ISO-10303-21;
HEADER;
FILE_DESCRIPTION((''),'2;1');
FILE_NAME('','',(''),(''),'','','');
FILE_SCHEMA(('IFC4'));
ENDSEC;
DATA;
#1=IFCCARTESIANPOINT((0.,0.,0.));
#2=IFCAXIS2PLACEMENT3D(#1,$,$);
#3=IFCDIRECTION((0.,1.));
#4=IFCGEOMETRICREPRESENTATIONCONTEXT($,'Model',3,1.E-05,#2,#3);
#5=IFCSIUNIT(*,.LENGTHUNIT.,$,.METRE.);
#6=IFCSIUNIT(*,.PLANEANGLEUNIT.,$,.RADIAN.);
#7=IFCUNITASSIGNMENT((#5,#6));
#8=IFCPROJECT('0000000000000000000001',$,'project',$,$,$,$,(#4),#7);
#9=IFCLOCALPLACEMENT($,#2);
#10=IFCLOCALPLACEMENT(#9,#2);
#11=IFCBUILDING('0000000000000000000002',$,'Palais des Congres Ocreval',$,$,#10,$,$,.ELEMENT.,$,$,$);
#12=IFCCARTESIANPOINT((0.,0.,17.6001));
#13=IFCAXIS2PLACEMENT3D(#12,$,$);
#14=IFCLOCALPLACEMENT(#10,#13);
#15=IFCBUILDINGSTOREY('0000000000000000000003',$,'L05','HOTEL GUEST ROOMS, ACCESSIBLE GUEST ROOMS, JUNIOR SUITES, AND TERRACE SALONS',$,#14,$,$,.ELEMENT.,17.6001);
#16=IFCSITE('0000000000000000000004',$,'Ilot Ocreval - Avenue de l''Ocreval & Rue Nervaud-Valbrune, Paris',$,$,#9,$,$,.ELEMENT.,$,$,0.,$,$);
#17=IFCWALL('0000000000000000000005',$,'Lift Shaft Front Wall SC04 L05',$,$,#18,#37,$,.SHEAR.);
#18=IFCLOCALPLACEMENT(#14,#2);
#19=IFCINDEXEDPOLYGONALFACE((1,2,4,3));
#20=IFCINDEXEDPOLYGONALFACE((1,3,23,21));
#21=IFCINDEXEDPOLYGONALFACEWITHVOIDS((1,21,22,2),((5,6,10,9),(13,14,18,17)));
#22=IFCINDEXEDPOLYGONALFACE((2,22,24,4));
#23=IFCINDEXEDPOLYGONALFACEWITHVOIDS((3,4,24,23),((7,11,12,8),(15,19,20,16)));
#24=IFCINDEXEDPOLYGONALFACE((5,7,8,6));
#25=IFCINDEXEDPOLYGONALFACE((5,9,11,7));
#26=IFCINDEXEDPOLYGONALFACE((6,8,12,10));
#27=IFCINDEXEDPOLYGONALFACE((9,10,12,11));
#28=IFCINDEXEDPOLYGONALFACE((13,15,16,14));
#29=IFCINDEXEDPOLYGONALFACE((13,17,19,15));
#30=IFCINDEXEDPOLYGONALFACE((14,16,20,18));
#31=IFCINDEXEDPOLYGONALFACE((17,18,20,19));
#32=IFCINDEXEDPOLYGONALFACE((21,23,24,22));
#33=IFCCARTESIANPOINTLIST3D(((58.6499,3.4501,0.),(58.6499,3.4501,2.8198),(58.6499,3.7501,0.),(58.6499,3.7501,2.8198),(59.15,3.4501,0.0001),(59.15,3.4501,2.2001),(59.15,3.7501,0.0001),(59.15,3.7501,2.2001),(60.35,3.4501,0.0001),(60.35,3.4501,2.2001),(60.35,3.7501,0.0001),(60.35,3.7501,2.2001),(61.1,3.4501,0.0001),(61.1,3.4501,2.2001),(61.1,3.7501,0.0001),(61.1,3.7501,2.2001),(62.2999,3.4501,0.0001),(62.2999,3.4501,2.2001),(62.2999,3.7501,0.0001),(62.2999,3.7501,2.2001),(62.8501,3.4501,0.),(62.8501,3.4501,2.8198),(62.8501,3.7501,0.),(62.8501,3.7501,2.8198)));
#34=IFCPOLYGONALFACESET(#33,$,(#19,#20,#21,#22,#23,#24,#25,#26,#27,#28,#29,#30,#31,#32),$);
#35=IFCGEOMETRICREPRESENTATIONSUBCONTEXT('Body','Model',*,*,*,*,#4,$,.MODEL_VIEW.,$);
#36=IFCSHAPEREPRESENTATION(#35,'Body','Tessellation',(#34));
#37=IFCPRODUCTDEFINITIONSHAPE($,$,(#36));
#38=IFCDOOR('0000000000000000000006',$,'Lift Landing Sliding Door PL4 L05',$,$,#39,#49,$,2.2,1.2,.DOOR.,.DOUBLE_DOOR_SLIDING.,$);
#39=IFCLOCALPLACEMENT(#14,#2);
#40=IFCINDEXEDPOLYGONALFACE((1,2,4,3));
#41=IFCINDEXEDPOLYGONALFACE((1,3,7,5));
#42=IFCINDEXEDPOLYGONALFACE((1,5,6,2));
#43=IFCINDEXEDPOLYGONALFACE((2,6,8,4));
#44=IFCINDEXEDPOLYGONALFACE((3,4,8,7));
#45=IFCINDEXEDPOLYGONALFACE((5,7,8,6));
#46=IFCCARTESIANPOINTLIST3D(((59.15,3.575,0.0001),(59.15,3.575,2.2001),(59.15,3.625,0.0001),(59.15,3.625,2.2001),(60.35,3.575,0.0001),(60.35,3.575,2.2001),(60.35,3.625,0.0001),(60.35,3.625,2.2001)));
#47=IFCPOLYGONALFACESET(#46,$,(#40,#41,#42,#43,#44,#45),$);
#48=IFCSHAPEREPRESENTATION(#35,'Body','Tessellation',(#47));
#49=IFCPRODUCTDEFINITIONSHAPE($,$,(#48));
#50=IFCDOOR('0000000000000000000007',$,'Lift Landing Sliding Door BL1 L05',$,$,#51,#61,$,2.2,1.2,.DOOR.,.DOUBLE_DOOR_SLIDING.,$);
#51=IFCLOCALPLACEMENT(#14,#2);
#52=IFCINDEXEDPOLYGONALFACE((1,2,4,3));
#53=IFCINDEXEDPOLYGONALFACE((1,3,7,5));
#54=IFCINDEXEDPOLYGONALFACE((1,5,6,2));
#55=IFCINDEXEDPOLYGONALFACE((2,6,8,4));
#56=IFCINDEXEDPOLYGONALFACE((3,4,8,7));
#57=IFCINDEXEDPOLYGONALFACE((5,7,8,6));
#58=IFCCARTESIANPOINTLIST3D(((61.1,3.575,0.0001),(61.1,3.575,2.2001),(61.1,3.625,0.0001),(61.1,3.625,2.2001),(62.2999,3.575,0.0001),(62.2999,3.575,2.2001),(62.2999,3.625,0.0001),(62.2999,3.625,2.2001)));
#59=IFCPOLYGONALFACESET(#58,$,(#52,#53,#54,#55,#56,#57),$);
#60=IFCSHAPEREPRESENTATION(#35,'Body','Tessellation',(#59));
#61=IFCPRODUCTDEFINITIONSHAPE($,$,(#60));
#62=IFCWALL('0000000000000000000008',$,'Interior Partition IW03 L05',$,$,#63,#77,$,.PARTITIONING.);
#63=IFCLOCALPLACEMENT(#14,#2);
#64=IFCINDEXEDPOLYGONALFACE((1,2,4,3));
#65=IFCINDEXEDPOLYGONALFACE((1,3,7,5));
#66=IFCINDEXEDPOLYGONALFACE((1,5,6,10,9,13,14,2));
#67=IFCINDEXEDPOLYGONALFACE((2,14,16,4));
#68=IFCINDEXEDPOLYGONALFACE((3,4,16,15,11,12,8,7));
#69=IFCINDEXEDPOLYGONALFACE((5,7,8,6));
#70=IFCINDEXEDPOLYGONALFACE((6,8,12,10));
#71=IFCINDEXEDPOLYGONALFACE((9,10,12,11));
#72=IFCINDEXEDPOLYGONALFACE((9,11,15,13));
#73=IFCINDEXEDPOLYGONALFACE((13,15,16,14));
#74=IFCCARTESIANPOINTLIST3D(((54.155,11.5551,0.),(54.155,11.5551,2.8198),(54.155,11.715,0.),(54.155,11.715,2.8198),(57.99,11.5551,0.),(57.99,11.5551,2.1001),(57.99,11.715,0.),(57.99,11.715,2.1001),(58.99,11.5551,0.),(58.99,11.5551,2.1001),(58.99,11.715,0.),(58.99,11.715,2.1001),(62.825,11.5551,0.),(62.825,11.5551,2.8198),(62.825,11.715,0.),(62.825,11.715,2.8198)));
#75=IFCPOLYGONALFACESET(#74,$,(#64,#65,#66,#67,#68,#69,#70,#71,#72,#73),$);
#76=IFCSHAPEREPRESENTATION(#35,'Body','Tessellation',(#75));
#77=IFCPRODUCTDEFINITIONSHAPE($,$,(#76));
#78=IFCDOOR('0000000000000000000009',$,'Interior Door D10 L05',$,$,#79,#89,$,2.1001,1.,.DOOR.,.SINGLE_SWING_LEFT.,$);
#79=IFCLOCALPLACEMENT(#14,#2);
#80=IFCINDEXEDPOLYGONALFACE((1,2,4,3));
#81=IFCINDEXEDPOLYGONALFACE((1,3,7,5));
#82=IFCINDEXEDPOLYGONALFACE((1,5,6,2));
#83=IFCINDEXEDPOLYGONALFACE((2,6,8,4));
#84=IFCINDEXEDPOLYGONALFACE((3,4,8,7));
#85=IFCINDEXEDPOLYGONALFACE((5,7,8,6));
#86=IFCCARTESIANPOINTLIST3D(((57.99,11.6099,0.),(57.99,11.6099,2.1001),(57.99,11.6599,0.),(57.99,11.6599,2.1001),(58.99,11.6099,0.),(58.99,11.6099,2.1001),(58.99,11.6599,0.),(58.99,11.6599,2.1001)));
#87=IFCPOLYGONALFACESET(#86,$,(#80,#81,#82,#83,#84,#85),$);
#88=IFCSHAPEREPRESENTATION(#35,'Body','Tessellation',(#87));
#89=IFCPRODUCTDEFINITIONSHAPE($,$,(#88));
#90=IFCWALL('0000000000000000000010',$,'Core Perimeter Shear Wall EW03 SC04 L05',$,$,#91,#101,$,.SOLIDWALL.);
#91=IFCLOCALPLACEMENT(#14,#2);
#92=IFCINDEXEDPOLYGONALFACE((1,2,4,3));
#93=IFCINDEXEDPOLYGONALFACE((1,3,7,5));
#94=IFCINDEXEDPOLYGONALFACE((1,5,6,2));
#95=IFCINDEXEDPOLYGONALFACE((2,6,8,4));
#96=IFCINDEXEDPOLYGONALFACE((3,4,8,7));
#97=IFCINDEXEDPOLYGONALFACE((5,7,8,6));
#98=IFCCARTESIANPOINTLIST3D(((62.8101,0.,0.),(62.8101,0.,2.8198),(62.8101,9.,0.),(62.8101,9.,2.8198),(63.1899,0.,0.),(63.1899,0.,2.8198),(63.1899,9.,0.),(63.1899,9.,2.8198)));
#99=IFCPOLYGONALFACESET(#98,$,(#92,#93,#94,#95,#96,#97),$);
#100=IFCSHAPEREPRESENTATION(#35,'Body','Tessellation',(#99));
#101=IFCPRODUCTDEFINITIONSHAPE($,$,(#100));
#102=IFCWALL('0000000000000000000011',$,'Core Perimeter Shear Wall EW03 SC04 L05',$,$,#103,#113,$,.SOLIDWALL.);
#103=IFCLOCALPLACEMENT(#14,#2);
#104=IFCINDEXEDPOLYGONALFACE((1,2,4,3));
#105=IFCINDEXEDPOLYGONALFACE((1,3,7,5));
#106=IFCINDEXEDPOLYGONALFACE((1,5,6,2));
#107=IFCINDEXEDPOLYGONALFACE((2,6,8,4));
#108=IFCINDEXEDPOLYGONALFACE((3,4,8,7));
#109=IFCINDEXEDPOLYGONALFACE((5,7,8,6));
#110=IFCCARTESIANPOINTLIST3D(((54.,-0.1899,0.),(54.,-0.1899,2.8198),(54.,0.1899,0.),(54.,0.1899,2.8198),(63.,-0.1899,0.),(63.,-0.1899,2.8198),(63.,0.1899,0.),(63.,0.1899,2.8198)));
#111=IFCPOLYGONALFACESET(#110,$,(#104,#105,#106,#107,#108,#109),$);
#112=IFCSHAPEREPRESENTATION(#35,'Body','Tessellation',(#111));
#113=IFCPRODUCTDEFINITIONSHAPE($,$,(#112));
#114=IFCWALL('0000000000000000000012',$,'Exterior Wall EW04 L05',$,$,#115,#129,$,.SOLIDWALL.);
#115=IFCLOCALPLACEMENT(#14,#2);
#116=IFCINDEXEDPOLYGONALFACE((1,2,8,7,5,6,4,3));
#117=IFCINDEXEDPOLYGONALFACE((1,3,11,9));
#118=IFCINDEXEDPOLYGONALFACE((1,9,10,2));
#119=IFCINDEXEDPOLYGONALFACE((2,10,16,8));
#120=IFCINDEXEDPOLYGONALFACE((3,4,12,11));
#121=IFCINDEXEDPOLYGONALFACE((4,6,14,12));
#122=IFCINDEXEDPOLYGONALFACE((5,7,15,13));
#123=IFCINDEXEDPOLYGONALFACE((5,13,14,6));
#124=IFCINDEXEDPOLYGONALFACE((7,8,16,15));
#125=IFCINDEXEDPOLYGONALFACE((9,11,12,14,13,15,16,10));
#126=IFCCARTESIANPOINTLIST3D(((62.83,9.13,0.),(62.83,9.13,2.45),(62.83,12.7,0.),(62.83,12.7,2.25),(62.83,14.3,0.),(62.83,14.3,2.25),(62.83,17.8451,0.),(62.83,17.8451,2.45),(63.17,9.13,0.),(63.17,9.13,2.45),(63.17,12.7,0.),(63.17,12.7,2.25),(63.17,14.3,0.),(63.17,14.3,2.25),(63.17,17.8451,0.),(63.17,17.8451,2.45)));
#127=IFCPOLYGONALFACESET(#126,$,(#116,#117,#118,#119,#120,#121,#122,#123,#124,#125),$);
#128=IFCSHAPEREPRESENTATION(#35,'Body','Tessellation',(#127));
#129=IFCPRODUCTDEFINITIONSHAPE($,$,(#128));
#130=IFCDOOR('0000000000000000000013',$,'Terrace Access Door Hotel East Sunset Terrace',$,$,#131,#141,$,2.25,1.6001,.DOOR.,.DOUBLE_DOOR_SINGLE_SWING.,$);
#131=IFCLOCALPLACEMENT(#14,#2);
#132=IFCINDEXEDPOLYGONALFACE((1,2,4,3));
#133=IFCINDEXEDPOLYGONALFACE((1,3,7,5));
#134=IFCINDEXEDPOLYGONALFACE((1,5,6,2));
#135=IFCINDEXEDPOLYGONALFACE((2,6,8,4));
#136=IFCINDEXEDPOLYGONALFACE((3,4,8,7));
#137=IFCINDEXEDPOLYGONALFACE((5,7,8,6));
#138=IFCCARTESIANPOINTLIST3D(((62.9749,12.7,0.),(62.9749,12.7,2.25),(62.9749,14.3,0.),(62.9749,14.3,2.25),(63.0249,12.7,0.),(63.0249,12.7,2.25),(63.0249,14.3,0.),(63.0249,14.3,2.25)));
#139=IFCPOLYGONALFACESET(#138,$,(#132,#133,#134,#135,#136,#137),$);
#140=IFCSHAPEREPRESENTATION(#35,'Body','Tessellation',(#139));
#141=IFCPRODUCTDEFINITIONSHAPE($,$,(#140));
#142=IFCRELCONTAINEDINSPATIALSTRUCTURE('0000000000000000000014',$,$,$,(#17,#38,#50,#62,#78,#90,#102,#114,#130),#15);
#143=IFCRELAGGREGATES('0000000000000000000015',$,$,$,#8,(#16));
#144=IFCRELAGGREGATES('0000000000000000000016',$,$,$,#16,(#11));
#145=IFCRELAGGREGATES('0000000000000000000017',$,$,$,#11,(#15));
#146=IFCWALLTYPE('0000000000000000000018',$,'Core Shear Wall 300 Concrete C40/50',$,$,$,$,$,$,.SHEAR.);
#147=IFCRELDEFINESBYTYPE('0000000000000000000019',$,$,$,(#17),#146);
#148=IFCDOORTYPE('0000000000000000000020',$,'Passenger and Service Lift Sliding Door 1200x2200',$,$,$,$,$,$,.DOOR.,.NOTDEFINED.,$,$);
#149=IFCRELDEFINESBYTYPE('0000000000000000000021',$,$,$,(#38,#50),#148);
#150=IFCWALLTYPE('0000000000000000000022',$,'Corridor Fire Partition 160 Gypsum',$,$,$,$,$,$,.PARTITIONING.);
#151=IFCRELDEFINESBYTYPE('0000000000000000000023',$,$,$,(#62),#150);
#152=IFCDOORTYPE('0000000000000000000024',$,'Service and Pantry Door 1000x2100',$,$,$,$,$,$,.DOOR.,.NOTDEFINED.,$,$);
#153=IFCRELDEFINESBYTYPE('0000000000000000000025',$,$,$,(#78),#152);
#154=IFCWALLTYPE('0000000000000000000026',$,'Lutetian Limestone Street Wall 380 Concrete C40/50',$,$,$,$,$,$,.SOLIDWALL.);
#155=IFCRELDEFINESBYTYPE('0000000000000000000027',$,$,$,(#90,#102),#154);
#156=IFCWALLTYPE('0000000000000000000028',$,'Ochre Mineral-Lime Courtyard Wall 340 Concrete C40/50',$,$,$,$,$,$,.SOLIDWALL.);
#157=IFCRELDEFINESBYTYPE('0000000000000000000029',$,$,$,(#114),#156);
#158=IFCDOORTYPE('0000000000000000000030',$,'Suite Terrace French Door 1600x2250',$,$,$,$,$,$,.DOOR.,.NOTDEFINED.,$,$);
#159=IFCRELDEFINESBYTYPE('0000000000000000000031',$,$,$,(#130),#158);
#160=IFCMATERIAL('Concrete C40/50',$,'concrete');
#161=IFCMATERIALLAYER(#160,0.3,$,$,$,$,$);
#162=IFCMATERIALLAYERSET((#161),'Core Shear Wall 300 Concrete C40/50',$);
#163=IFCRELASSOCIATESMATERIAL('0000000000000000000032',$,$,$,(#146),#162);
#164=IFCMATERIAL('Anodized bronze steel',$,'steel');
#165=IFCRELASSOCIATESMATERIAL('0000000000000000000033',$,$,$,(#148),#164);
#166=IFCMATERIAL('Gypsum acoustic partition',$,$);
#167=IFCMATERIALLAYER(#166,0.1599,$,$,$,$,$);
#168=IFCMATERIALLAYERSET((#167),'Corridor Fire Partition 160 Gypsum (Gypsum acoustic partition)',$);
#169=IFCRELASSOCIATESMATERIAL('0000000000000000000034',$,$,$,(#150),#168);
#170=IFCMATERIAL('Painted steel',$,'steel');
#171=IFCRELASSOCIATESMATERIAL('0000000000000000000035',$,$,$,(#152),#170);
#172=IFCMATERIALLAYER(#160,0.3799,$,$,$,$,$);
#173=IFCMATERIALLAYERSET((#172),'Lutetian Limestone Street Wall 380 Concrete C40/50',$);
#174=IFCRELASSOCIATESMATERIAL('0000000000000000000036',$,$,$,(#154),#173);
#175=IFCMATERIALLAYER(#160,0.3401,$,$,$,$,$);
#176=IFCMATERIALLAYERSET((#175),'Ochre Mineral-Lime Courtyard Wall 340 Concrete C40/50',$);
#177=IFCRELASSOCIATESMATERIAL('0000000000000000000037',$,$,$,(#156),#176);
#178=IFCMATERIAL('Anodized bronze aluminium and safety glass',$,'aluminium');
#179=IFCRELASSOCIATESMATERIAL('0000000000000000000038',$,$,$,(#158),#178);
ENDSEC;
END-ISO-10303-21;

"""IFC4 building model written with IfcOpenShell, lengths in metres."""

from ifc_helpers import new_model, si_unit, direction, frame, frame_2d, origin, place, context, subcontext, project, spatial, rectangle, extrude, material, layer, layer_set, type_object, element, fill, save


model = new_model("IFC4")

# Units and contexts
model_context = context("Model", 3, precision=1e-05, world=origin(), true_north=direction((0.0, 1.0)))
body_context = subcontext(model_context, "Body", "Model", "MODEL_VIEW")
ifc_project = project(units=[si_unit("LENGTHUNIT", "METRE"), si_unit("PLANEANGLEUNIT", "RADIAN")], contexts=[model_context])

# Site, building, storey
site_placement = place(None, origin())
site = spatial("IfcSite", under=ifc_project, at=site_placement, Name="Ilot Ocreval - Avenue de l'Ocreval & Rue Nervaud-Valbrune, Paris", CompositionType="ELEMENT", RefElevation=0.0)
building_placement = place(site_placement, origin())
building = spatial("IfcBuilding", under=site, at=building_placement, Name="Palais des Congres Ocreval", CompositionType="ELEMENT")
storey_placement = place(building_placement, frame((0.0, 0.0, 17.6001)))
storey = spatial("IfcBuildingStorey", under=building, at=storey_placement, Name="L05", Description="HOTEL GUEST ROOMS, ACCESSIBLE GUEST ROOMS, JUNIOR SUITES, AND TERRACE SALONS", CompositionType="ELEMENT", Elevation=17.6001)

# Shared definitions
ifc_material_1 = material(Name="Concrete C40/50", Category="concrete")

# Shared definitions
ifc_layer_1 = layer(ifc_material_1, 0.3)
ifc_layer_set_1 = layer_set([ifc_layer_1], Name="Core Shear Wall 300 Concrete C40/50")
wall_type_1 = type_object("IfcWallType", Name="Core Shear Wall 300 Concrete C40/50", PredefinedType="SHEAR", material=ifc_layer_set_1)

# Wall, openings, doors
wall_1_placement = place(storey_placement, frame((58.6499, 3.6001, 0.0), z_axis=(0.0, 0.0, 1.0), x_axis=(1.0, 0.0, 0.0)))
wall_1 = element("IfcWall", 1, at=wall_1_placement, inside=storey, type_object=wall_type_1, Name="Lift Shaft Front Wall SC04 L05", PredefinedType="SHEAR", context=body_context, shape_type="SweptSolid", body=[
    extrude(rectangle(XDim=4.2002, YDim=0.3, at=frame_2d((2.1001, 0.0))), origin(), (0.0, 0.0, 1.0), 2.8198),
])
opening_1_placement = place(wall_1_placement, frame((0.5, 0.0, 0.0)))
opening_1 = element("IfcOpeningElement", 2, at=opening_1_placement, cuts=wall_1, PredefinedType="OPENING", context=body_context, shape_type="SweptSolid", body=[
    extrude(rectangle(XDim=1.2, YDim=2.2, at=frame_2d((0.6001, 1.1001))), frame((0.0, 0.1599, 0.0), z_axis=(0.0, -1.0, 0.0), x_axis=(1.0, 0.0, 0.0)), (0.0, 0.0, 1.0), 0.3201),
])
opening_2_placement = place(wall_1_placement, frame((2.45, 0.0, 0.0)))
opening_2 = element("IfcOpeningElement", 3, at=opening_2_placement, cuts=wall_1, PredefinedType="OPENING", context=body_context, shape_type="SweptSolid", body=[
    extrude(rectangle(XDim=1.2, YDim=2.2, at=frame_2d((0.6001, 1.1001))), frame((0.0, 0.1599, 0.0), z_axis=(0.0, -1.0, 0.0), x_axis=(1.0, 0.0, 0.0)), (0.0, 0.0, 1.0), 0.3201),
])
ifc_material_2 = material(Name="Anodized bronze steel", Category="steel")
door_type_1 = type_object("IfcDoorType", Name="Passenger and Service Lift Sliding Door 1200x2200", OperationType="NOTDEFINED", PredefinedType="DOOR", material=ifc_material_2)
door_1_placement = place(opening_1_placement, origin())
door_1 = element("IfcDoor", 4, at=door_1_placement, inside=storey, type_object=door_type_1, Name="Lift Landing Sliding Door PL4 L05", OperationType="DOUBLE_DOOR_SLIDING", OverallHeight=2.2, OverallWidth=1.2, PredefinedType="DOOR", context=body_context, shape_type="SweptSolid", body=[
    extrude(rectangle(XDim=1.2, YDim=2.2, at=frame_2d((0.6001, 1.1001))), frame((0.0, 0.0249, 0.0), z_axis=(0.0, -1.0, 0.0), x_axis=(1.0, 0.0, 0.0)), (0.0, 0.0, 1.0), 0.05),
])
fill(opening_1, door_1)
door_2_placement = place(opening_2_placement, origin())
door_2 = element("IfcDoor", 5, at=door_2_placement, inside=storey, type_object=door_type_1, Name="Lift Landing Sliding Door BL1 L05", OperationType="DOUBLE_DOOR_SLIDING", OverallHeight=2.2, OverallWidth=1.2, PredefinedType="DOOR", context=body_context, shape_type="SweptSolid", body=[
    extrude(rectangle(XDim=1.2, YDim=2.2, at=frame_2d((0.6001, 1.1001))), frame((0.0, 0.0249, 0.0), z_axis=(0.0, -1.0, 0.0), x_axis=(1.0, 0.0, 0.0)), (0.0, 0.0, 1.0), 0.05),
])
fill(opening_2, door_2)

# Wall, opening, door
ifc_material_3 = material(Name="Gypsum acoustic partition")
ifc_layer_2 = layer(ifc_material_3, 0.1599)
ifc_layer_set_2 = layer_set([ifc_layer_2], Name="Corridor Fire Partition 160 Gypsum (Gypsum acoustic partition)")
wall_type_2 = type_object("IfcWallType", Name="Corridor Fire Partition 160 Gypsum", PredefinedType="PARTITIONING", material=ifc_layer_set_2)
wall_2_placement = place(storey_placement, frame((54.155, 11.635, 0.0), z_axis=(0.0, 0.0, 1.0), x_axis=(1.0, 0.0, 0.0)))
wall_2 = element("IfcWall", 6, at=wall_2_placement, inside=storey, type_object=wall_type_2, Name="Interior Partition IW03 L05", PredefinedType="PARTITIONING", context=body_context, shape_type="SweptSolid", body=[
    extrude(rectangle(XDim=8.6699, YDim=0.1599, at=frame_2d((4.335, 0.0))), origin(), (0.0, 0.0, 1.0), 2.8198),
])
opening_3_placement = place(wall_2_placement, frame((3.835, 0.0, 0.0)))
opening_3 = element("IfcOpeningElement", 7, at=opening_3_placement, cuts=wall_2, PredefinedType="OPENING", context=body_context, shape_type="SweptSolid", body=[
    extrude(rectangle(XDim=1.0, YDim=2.1001, at=frame_2d((0.5, 1.05))), frame((0.0, 0.0898, 0.0), z_axis=(0.0, -1.0, 0.0), x_axis=(1.0, 0.0, 0.0)), (0.0, 0.0, 1.0), 0.1799),
])
ifc_material_4 = material(Name="Painted steel", Category="steel")
door_type_2 = type_object("IfcDoorType", Name="Service and Pantry Door 1000x2100", OperationType="NOTDEFINED", PredefinedType="DOOR", material=ifc_material_4)
door_3_placement = place(opening_3_placement, origin())
door_3 = element("IfcDoor", 8, at=door_3_placement, inside=storey, type_object=door_type_2, Name="Interior Door D10 L05", OperationType="SINGLE_SWING_LEFT", OverallHeight=2.1001, OverallWidth=1.0, PredefinedType="DOOR", context=body_context, shape_type="SweptSolid", body=[
    extrude(rectangle(XDim=1.0, YDim=2.1001, at=frame_2d((0.5, 1.05))), frame((0.0, 0.0249, 0.0), z_axis=(0.0, -1.0, 0.0), x_axis=(1.0, 0.0, 0.0)), (0.0, 0.0, 1.0), 0.05),
])
fill(opening_3, door_3)

# Walls
ifc_layer_3 = layer(ifc_material_1, 0.3799)
ifc_layer_set_3 = layer_set([ifc_layer_3], Name="Lutetian Limestone Street Wall 380 Concrete C40/50")
wall_type_3 = type_object("IfcWallType", Name="Lutetian Limestone Street Wall 380 Concrete C40/50", PredefinedType="SOLIDWALL", material=ifc_layer_set_3)
for number, where, z_axis, x_axis, name in (
    (9, (63.0, 9.0, 0.0), (0.0, 0.0, 1.0), (0.0, -1.0, 0.0), "Core Perimeter Shear Wall EW03 SC04 L05"),
    (10, (63.0, 0.0, 0.0), (0.0, 0.0, 1.0), (-1.0, 0.0, 0.0), "Core Perimeter Shear Wall EW03 SC04 L05"),
):
    element("IfcWall", number, at=place(storey_placement, frame(where, z_axis=z_axis, x_axis=x_axis)), inside=storey, type_object=wall_type_3, Name=name, PredefinedType="SOLIDWALL", context=body_context, shape_type="SweptSolid", body=[
        extrude(rectangle(XDim=9.0, YDim=0.3799, at=frame_2d((4.5, 0.0))), origin(), (0.0, 0.0, 1.0), 2.8198),
    ])

# Wall, opening, door
ifc_layer_4 = layer(ifc_material_1, 0.3401)
ifc_layer_set_4 = layer_set([ifc_layer_4], Name="Ochre Mineral-Lime Courtyard Wall 340 Concrete C40/50")
wall_type_4 = type_object("IfcWallType", Name="Ochre Mineral-Lime Courtyard Wall 340 Concrete C40/50", PredefinedType="SOLIDWALL", material=ifc_layer_set_4)
wall_3_placement = place(storey_placement, frame((63.0, 17.845, 0.0), z_axis=(0.0, 0.0, 1.0), x_axis=(0.0, -1.0, 0.0)))
wall_3 = element("IfcWall", 11, at=wall_3_placement, inside=storey, type_object=wall_type_4, Name="Exterior Wall EW04 L05", PredefinedType="SOLIDWALL", context=body_context, shape_type="SweptSolid", body=[
    extrude(rectangle(XDim=8.7151, YDim=0.3401, at=frame_2d((4.3574, 0.0))), origin(), (0.0, 0.0, 1.0), 2.45),
])
opening_4_placement = place(wall_3_placement, frame((3.5449, 0.0, 0.0)))
opening_4 = element("IfcOpeningElement", 12, at=opening_4_placement, cuts=wall_3, PredefinedType="OPENING", context=body_context, shape_type="SweptSolid", body=[
    extrude(rectangle(XDim=1.6001, YDim=2.25, at=frame_2d((0.8, 1.125))), frame((0.0, 0.1799, 0.0), z_axis=(0.0, -1.0, 0.0), x_axis=(1.0, 0.0, 0.0)), (0.0, 0.0, 1.0), 0.3601),
])
ifc_material_5 = material(Name="Anodized bronze aluminium and safety glass", Category="aluminium")
door_type_3 = type_object("IfcDoorType", Name="Suite Terrace French Door 1600x2250", OperationType="NOTDEFINED", PredefinedType="DOOR", material=ifc_material_5)
door_4_placement = place(opening_4_placement, origin())
door_4 = element("IfcDoor", 13, at=door_4_placement, inside=storey, type_object=door_type_3, Name="Terrace Access Door Hotel East Sunset Terrace", OperationType="DOUBLE_DOOR_SINGLE_SWING", OverallHeight=2.25, OverallWidth=1.6001, PredefinedType="DOOR", context=body_context, shape_type="SweptSolid", body=[
    extrude(rectangle(XDim=1.6001, YDim=2.25, at=frame_2d((0.8, 1.125))), frame((0.0, 0.0249, 0.0), z_axis=(0.0, -1.0, 0.0), x_axis=(1.0, 0.0, 0.0)), (0.0, 0.0, 1.0), 0.05),
])
fill(opening_4, door_4)

save(model, "model.ifc")
